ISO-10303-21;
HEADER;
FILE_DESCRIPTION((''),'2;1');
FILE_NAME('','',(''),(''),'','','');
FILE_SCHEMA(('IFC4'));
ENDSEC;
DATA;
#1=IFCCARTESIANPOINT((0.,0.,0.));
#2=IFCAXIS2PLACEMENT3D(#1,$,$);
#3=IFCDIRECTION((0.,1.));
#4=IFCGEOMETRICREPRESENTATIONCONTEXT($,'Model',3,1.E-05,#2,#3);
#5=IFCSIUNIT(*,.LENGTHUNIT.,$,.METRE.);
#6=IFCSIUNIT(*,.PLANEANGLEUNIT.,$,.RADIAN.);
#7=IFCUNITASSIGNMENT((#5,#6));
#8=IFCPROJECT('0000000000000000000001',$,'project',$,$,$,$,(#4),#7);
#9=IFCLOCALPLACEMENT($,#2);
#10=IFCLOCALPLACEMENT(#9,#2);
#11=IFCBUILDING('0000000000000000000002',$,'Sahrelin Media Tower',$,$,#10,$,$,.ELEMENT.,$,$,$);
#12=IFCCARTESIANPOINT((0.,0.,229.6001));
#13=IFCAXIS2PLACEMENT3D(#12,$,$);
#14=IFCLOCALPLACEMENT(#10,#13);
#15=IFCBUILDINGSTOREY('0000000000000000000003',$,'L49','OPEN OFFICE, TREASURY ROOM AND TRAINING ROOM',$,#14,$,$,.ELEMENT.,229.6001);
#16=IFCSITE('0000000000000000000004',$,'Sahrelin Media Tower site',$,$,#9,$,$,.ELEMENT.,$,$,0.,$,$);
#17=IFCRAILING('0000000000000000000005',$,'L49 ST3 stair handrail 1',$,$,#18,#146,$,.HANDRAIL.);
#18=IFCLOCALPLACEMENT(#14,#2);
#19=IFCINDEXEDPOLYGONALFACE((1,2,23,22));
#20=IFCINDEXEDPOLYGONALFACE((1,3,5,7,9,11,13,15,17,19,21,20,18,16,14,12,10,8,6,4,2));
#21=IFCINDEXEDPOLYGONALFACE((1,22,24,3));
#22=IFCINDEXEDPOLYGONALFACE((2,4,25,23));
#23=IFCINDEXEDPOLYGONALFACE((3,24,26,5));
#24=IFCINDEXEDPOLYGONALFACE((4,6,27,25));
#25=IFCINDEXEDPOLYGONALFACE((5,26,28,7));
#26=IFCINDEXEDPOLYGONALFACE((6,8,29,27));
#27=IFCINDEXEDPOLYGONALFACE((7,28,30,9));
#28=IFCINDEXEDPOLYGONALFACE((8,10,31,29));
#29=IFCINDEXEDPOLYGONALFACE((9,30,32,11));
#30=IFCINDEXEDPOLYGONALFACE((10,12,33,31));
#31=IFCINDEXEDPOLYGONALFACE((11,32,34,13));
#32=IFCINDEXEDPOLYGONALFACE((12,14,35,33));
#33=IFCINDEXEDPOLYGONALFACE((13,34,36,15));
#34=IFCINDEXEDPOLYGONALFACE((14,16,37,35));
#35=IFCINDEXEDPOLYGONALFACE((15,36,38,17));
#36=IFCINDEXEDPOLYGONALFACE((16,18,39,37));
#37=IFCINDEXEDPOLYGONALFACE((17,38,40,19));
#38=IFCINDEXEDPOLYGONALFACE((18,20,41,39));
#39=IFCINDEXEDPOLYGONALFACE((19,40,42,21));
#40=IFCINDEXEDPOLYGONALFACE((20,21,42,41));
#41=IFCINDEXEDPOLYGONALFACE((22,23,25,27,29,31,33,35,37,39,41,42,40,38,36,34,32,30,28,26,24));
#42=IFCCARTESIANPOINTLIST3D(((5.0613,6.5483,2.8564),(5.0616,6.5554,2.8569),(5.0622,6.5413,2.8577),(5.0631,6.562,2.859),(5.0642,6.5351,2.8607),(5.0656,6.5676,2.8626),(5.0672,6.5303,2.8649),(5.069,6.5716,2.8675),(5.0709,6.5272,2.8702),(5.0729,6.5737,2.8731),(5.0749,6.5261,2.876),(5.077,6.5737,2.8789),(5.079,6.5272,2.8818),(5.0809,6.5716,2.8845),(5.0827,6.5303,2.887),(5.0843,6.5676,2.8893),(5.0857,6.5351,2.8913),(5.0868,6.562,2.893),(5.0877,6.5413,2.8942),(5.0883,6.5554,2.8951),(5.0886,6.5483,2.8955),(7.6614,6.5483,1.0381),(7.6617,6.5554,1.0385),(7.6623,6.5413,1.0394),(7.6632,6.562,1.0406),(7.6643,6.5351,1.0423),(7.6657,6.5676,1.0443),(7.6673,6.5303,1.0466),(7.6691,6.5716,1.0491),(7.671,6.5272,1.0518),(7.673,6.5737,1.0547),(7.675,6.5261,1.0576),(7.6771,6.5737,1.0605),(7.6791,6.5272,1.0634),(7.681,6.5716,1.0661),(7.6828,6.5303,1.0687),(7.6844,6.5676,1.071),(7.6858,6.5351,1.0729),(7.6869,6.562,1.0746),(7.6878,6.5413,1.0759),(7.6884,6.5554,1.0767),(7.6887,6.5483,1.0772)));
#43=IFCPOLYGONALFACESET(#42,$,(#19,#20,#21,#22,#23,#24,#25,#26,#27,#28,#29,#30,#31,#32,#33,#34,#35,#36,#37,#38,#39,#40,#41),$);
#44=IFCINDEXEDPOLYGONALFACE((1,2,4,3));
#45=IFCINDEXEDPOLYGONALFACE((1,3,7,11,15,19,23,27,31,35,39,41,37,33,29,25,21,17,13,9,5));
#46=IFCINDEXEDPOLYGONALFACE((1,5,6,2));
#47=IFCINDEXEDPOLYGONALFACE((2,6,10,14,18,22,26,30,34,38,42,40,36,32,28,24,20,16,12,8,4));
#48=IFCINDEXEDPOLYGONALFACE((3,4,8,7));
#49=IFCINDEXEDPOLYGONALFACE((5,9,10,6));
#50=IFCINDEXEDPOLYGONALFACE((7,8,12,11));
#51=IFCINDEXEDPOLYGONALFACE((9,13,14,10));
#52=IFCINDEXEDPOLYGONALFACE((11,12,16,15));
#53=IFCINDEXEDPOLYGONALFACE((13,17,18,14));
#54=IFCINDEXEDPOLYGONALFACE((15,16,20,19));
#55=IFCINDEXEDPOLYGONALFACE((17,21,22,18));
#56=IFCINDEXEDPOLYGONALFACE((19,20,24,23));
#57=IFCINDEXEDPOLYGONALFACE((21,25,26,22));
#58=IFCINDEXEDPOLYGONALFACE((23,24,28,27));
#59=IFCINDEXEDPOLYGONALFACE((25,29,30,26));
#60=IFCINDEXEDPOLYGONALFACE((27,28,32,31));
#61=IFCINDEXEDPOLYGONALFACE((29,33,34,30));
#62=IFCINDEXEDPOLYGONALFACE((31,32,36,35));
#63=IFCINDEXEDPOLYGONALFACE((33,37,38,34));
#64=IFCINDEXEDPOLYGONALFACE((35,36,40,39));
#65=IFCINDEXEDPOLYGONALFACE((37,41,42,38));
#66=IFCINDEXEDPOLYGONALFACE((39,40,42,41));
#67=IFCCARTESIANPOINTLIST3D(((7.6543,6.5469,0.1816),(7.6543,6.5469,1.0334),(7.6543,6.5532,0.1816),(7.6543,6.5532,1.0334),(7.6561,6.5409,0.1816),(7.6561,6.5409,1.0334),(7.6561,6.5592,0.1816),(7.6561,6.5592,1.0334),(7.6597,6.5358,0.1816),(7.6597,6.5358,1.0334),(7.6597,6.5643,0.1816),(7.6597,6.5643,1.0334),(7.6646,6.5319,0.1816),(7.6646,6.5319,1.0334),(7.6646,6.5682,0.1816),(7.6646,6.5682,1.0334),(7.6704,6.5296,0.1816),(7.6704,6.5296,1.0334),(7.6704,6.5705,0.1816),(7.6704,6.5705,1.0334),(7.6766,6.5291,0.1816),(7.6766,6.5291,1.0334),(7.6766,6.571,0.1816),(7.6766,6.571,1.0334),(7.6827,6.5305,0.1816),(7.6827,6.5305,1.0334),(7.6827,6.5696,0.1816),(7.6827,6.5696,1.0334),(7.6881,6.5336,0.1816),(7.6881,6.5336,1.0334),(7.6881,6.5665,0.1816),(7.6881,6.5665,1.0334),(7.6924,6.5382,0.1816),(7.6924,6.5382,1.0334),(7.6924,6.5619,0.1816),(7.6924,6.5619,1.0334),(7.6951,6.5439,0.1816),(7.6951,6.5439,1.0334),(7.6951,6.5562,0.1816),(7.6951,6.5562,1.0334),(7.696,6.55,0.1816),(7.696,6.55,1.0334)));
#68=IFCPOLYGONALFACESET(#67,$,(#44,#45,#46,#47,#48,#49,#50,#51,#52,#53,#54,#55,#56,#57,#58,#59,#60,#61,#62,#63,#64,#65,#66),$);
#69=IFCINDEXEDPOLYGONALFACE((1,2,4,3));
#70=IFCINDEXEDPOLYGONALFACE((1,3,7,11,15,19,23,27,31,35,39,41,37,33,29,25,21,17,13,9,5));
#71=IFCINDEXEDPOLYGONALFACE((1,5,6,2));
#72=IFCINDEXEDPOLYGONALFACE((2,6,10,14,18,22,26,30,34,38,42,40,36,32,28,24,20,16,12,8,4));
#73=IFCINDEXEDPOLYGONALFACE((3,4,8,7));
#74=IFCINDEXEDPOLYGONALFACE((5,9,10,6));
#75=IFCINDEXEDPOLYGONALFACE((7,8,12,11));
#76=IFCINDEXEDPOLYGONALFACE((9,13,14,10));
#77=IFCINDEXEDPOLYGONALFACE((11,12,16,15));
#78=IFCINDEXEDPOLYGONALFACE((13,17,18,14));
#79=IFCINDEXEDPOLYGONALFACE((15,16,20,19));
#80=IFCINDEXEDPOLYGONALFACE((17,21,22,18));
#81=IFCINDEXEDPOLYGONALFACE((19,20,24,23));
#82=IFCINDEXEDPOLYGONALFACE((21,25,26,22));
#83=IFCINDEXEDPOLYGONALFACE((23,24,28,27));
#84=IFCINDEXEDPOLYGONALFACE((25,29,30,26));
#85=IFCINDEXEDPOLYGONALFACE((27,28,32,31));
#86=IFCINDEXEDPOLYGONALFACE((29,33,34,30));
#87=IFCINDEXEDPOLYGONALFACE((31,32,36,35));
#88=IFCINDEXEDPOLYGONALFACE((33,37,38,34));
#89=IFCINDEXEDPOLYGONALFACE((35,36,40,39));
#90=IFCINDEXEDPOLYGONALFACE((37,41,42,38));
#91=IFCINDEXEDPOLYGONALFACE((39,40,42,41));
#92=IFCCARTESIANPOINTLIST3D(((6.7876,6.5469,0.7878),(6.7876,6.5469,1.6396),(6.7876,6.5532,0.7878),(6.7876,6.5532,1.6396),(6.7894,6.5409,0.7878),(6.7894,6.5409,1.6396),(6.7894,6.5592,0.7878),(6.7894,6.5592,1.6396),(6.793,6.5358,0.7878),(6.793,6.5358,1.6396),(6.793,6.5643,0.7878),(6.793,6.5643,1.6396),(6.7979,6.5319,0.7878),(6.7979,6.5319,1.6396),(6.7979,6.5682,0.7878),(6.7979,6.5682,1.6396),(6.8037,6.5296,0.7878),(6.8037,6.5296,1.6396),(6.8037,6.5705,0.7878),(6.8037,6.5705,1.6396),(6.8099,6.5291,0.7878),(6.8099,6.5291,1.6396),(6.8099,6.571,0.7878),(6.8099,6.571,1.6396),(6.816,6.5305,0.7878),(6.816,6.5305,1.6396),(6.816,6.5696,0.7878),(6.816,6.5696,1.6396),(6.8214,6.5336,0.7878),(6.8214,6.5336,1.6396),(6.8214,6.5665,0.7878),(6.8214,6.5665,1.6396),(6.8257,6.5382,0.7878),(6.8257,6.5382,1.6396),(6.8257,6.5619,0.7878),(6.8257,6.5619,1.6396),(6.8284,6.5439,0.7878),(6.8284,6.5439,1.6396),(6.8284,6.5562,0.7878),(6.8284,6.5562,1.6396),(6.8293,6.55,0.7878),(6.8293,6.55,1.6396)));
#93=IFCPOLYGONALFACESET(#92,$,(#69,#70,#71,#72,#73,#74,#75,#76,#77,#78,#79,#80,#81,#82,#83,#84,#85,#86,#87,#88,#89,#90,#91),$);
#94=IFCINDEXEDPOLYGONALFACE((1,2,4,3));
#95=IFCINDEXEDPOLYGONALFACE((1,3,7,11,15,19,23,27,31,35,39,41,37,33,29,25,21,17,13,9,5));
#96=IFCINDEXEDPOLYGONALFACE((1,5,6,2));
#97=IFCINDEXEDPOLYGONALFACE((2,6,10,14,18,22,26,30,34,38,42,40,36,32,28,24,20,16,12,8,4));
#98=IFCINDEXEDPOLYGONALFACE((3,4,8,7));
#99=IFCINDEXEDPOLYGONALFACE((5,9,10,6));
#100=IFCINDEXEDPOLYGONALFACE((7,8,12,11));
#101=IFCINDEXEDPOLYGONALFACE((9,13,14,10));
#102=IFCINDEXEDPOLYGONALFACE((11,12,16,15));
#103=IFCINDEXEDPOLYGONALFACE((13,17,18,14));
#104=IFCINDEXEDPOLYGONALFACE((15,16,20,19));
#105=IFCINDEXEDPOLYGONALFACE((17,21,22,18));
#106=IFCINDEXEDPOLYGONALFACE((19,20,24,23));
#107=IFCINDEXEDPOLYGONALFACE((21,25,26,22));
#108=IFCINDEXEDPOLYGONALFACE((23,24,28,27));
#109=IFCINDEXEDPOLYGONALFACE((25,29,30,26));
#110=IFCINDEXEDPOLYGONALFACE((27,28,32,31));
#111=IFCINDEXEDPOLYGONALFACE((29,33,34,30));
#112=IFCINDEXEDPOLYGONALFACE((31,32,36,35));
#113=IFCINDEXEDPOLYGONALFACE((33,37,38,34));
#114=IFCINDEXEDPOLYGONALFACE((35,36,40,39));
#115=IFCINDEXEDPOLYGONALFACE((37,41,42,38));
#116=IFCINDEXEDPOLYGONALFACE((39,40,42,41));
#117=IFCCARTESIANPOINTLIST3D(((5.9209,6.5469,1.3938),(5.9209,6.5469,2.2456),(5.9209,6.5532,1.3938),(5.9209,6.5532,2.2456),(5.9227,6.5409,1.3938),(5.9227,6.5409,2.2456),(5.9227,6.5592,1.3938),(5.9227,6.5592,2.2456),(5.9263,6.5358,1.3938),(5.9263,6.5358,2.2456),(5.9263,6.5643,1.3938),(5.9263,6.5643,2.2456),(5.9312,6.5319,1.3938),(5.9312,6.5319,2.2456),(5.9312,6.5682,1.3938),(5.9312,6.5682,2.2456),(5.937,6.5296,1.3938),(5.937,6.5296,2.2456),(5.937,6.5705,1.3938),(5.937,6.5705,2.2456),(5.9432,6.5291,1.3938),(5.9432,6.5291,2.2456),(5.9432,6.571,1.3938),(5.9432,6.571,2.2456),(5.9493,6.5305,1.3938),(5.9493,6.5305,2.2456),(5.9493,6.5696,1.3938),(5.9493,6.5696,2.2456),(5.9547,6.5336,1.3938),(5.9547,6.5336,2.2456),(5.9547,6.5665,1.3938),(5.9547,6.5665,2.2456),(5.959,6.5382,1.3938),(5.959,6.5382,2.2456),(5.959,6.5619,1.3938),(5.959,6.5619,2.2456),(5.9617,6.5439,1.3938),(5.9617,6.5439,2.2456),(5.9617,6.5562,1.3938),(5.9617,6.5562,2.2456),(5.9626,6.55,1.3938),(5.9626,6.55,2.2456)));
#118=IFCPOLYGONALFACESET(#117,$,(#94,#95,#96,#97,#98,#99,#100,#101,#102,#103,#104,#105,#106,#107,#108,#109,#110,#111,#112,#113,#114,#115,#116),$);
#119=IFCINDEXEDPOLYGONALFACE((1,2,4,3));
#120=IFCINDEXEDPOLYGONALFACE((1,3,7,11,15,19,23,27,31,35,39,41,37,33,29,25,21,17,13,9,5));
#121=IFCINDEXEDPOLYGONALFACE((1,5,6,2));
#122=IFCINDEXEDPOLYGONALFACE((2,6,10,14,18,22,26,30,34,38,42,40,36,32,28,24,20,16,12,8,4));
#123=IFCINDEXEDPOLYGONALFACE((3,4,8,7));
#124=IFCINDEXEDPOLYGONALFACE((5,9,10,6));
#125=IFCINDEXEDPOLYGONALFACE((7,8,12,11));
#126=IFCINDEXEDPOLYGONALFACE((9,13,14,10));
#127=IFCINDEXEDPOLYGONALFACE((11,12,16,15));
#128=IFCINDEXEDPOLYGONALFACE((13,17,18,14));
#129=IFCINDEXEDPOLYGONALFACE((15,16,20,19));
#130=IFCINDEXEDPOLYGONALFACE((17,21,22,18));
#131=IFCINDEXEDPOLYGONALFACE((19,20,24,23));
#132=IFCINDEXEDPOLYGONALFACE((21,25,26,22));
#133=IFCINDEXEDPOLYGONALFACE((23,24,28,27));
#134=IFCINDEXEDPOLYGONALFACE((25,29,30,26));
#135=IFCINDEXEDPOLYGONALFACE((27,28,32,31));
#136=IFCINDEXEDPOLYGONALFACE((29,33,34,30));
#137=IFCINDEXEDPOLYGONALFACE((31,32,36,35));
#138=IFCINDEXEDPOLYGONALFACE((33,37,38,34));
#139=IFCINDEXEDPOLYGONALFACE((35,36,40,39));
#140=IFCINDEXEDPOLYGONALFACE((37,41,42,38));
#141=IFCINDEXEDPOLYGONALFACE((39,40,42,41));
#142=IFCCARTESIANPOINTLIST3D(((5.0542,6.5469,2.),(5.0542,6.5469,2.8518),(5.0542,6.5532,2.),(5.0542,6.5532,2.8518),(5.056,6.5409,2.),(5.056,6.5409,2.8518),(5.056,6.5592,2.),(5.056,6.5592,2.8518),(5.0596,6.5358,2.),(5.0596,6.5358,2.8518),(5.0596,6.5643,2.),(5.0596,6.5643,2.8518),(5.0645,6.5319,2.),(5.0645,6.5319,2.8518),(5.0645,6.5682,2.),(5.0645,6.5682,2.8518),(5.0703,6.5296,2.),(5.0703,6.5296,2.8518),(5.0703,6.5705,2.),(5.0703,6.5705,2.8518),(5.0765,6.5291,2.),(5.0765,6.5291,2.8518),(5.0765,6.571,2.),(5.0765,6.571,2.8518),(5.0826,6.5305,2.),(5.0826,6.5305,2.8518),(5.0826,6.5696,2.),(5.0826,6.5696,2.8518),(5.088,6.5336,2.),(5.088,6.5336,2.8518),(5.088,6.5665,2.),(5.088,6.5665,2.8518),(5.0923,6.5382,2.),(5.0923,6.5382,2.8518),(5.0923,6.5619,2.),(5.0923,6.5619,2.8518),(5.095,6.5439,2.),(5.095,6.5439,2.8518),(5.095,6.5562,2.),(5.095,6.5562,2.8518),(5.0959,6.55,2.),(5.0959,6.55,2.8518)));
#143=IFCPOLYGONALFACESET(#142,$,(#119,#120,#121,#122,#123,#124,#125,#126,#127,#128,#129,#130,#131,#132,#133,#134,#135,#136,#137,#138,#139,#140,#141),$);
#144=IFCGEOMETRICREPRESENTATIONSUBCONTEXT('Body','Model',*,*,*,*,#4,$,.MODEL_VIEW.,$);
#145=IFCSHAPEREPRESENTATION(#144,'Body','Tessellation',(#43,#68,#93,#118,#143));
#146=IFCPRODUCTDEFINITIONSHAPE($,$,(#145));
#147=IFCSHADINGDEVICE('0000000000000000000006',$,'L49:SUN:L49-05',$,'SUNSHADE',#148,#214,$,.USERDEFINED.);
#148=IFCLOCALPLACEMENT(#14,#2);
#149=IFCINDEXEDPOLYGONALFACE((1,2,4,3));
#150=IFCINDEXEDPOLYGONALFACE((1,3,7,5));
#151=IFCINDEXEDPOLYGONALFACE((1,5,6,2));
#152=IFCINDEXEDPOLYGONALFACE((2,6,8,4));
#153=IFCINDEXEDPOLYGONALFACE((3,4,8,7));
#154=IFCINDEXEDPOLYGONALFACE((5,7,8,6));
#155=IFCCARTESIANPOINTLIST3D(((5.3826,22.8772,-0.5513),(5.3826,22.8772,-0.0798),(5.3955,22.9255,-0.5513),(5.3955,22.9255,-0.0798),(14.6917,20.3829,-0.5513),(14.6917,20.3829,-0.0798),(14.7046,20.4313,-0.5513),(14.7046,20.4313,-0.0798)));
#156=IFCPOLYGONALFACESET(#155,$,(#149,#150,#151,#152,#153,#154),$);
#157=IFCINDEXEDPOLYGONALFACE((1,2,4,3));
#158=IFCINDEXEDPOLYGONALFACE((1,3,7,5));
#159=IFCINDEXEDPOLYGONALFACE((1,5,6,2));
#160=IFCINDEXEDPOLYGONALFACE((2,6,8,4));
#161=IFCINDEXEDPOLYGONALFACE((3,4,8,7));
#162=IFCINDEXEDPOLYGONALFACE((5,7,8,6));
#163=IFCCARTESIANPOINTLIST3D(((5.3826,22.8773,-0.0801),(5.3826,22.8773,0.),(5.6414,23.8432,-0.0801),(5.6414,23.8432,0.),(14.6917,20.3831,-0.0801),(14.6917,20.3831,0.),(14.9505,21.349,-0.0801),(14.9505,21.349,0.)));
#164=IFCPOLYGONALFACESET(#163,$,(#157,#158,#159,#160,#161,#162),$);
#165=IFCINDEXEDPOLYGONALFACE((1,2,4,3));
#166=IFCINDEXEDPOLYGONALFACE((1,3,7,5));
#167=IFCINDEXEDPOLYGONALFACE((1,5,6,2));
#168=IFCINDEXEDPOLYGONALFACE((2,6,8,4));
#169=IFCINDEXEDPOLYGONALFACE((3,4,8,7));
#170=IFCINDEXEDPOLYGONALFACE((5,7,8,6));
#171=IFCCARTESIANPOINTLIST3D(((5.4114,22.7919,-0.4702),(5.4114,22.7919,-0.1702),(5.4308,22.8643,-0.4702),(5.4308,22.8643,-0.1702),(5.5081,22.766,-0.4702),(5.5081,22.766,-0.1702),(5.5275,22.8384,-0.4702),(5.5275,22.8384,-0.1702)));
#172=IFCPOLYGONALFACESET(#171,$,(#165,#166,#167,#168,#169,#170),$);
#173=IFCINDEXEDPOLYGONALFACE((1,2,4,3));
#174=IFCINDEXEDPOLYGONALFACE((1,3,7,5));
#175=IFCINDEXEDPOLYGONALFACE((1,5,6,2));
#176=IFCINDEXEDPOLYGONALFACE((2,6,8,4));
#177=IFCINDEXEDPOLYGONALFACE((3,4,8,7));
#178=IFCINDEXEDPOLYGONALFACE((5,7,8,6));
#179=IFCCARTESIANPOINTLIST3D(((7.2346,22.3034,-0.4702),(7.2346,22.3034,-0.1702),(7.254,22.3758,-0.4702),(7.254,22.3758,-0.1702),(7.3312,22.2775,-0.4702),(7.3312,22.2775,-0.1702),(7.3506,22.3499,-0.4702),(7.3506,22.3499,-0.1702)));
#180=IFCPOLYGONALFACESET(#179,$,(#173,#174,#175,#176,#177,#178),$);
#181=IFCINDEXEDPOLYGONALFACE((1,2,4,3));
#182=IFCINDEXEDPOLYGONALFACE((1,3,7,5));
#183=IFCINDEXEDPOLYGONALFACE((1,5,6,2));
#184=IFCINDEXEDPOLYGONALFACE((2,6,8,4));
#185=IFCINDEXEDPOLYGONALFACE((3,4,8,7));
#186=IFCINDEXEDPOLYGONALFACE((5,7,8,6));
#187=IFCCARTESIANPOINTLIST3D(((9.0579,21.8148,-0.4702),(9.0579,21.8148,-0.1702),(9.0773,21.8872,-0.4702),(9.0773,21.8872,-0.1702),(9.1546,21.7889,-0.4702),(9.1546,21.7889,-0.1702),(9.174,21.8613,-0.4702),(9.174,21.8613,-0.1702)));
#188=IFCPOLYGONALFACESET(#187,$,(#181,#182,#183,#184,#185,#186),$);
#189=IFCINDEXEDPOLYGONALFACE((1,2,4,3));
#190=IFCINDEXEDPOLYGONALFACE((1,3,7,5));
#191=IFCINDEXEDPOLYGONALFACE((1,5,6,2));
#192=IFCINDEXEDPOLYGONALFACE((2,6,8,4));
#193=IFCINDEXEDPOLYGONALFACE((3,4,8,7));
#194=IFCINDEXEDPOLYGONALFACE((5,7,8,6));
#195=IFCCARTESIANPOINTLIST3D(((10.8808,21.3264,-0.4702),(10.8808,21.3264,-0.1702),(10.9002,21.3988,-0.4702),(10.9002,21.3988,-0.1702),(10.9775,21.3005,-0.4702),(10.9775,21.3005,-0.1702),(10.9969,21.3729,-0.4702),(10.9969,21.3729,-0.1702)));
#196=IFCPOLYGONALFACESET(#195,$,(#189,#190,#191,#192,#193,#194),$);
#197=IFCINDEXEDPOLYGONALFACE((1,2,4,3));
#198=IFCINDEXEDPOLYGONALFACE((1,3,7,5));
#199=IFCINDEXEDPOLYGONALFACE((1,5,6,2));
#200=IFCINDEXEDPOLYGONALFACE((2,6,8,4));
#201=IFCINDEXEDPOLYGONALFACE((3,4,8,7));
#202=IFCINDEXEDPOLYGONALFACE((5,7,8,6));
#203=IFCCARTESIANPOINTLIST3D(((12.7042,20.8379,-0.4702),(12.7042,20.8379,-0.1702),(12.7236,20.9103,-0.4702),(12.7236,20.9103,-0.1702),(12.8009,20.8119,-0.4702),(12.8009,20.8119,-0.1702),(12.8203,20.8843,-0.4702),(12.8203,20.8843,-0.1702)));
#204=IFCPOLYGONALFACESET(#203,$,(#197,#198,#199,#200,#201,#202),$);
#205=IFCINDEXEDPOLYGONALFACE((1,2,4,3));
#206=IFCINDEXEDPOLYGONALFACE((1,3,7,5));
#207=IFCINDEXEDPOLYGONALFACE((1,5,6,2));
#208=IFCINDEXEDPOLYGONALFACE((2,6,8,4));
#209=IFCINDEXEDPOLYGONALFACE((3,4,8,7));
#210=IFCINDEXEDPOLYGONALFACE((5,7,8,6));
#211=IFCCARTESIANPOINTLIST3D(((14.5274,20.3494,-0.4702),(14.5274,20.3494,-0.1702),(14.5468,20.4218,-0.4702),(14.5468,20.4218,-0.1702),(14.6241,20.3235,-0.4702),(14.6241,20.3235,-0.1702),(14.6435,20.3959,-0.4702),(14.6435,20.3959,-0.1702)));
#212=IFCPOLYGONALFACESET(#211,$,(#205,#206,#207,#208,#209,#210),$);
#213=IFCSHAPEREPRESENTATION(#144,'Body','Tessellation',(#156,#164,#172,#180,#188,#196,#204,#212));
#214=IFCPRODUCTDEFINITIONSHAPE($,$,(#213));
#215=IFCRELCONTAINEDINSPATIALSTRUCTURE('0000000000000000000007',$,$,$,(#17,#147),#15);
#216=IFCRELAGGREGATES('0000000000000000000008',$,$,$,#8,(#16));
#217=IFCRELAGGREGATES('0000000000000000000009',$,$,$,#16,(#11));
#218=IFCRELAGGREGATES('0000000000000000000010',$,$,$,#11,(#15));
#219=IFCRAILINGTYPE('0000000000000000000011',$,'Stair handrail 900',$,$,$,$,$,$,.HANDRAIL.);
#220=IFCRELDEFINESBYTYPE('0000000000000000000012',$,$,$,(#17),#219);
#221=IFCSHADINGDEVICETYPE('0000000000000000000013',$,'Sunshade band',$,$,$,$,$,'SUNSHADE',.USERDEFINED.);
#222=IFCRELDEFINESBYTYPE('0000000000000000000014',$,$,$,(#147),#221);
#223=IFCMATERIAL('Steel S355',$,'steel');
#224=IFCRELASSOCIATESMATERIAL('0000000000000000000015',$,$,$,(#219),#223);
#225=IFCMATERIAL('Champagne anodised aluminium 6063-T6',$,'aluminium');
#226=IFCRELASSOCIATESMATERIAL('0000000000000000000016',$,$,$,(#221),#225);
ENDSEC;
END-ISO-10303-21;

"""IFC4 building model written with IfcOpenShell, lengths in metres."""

from ifc_helpers import new_model, si_unit, direction, frame, origin, origin_2d, place, context, subcontext, project, spatial, rectangle, circle, extrude, material, type_object, element, save


model = new_model("IFC4")

# Units and contexts
model_context = context("Model", 3, precision=1e-05, world=origin(), true_north=direction((0.0, 1.0)))
body_context = subcontext(model_context, "Body", "Model", "MODEL_VIEW")
ifc_project = project(units=[si_unit("LENGTHUNIT", "METRE"), si_unit("PLANEANGLEUNIT", "RADIAN")], contexts=[model_context])

# Site, building, storey
site_placement = place(None, origin())
site = spatial("IfcSite", under=ifc_project, at=site_placement, Name="Sahrelin Media Tower site", CompositionType="ELEMENT", RefElevation=0.0)
building_placement = place(site_placement, origin())
building = spatial("IfcBuilding", under=site, at=building_placement, Name="Sahrelin Media Tower", CompositionType="ELEMENT")
storey_placement = place(building_placement, frame((0.0, 0.0, 229.6001)))
storey = spatial("IfcBuildingStorey", under=building, at=storey_placement, Name="L49", Description="OPEN OFFICE, TREASURY ROOM AND TRAINING ROOM", CompositionType="ELEMENT", Elevation=229.6001)

# Shared definitions
ifc_material_1 = material(Name="Steel S355", Category="steel")

# Shared definitions
ifc_material_2 = material(Name="Champagne anodised aluminium 6063-T6", Category="aluminium")

# Shared definitions
placement = place(storey_placement, frame((10.032, 21.6108, 0.0), z_axis=(0.0, 0.0, 1.0), x_axis=(0.965929, -0.258808, 0.0)))

# Railing
railing_type_1 = type_object("IfcRailingType", Name="Stair handrail 900", PredefinedType="HANDRAIL", material=ifc_material_1)
railing_1_placement = place(storey_placement, frame((7.675, 6.55, 0.1816)))
element("IfcRailing", 1, at=railing_1_placement, inside=storey, type_object=railing_type_1, Name="L49 ST3 stair handrail 1", PredefinedType="HANDRAIL", context=body_context, shape_type="SweptSolid", body=[
    extrude(circle(Radius=0.0239, at=origin_2d()), frame((0.0, 0.0, 0.876), z_axis=(-0.819485, 0.0, 0.573101), x_axis=(0.0, -1.0, 0.0)), (0.0, 0.0, 1.0), 3.1729),
    extrude(circle(Radius=0.021, at=origin_2d()), origin(), (0.0, 0.0, 1.0), 0.8518),
    extrude(circle(Radius=0.021, at=origin_2d()), frame((-0.8667, 0.0, 0.6062)), (0.0, 0.0, 1.0), 0.8518),
    extrude(circle(Radius=0.021, at=origin_2d()), frame((-1.7334, 0.0, 1.2122)), (0.0, 0.0, 1.0), 0.8518),
    extrude(circle(Radius=0.021, at=origin_2d()), frame((-2.6001, 0.0, 1.8184)), (0.0, 0.0, 1.0), 0.8518),
])

# Shading device
shading_device_type_1 = type_object("IfcShadingDeviceType", Name="Sunshade band", ElementType="SUNSHADE", PredefinedType="USERDEFINED", material=ifc_material_2)
element("IfcShadingDevice", 2, at=placement, inside=storey, type_object=shading_device_type_1, Name="L49:SUN:L49-05", ObjectType="SUNSHADE", PredefinedType="USERDEFINED", context=body_context, shape_type="SweptSolid", body=[
    extrude(rectangle(XDim=9.6375, YDim=0.05, at=origin_2d()), frame((0.0, 0.0449, -0.5513)), (0.0, 0.0, 1.0), 0.4714),
    extrude(rectangle(XDim=9.6375, YDim=1.0, at=origin_2d()), frame((0.0, 0.52, -0.0801)), (0.0, 0.0, 1.0), 0.0801),
    extrude(rectangle(XDim=0.1001, YDim=0.075, at=origin_2d()), frame((-4.7188, -0.0176, -0.4702)), (0.0, 0.0, 1.0), 0.3),
    extrude(rectangle(XDim=0.1001, YDim=0.075, at=origin_2d()), frame((-2.8313, -0.0176, -0.4702)), (0.0, 0.0, 1.0), 0.3),
    extrude(rectangle(XDim=0.1001, YDim=0.075, at=origin_2d()), frame((-0.9436, -0.0176, -0.4702)), (0.0, 0.0, 1.0), 0.3),
    extrude(rectangle(XDim=0.1001, YDim=0.075, at=origin_2d()), frame((0.9436, -0.0176, -0.4702)), (0.0, 0.0, 1.0), 0.3),
    extrude(rectangle(XDim=0.1001, YDim=0.075, at=origin_2d()), frame((2.8313, -0.0176, -0.4702)), (0.0, 0.0, 1.0), 0.3),
    extrude(rectangle(XDim=0.1001, YDim=0.075, at=origin_2d()), frame((4.7188, -0.0176, -0.4702)), (0.0, 0.0, 1.0), 0.3),
])

save(model, "model.ifc")
